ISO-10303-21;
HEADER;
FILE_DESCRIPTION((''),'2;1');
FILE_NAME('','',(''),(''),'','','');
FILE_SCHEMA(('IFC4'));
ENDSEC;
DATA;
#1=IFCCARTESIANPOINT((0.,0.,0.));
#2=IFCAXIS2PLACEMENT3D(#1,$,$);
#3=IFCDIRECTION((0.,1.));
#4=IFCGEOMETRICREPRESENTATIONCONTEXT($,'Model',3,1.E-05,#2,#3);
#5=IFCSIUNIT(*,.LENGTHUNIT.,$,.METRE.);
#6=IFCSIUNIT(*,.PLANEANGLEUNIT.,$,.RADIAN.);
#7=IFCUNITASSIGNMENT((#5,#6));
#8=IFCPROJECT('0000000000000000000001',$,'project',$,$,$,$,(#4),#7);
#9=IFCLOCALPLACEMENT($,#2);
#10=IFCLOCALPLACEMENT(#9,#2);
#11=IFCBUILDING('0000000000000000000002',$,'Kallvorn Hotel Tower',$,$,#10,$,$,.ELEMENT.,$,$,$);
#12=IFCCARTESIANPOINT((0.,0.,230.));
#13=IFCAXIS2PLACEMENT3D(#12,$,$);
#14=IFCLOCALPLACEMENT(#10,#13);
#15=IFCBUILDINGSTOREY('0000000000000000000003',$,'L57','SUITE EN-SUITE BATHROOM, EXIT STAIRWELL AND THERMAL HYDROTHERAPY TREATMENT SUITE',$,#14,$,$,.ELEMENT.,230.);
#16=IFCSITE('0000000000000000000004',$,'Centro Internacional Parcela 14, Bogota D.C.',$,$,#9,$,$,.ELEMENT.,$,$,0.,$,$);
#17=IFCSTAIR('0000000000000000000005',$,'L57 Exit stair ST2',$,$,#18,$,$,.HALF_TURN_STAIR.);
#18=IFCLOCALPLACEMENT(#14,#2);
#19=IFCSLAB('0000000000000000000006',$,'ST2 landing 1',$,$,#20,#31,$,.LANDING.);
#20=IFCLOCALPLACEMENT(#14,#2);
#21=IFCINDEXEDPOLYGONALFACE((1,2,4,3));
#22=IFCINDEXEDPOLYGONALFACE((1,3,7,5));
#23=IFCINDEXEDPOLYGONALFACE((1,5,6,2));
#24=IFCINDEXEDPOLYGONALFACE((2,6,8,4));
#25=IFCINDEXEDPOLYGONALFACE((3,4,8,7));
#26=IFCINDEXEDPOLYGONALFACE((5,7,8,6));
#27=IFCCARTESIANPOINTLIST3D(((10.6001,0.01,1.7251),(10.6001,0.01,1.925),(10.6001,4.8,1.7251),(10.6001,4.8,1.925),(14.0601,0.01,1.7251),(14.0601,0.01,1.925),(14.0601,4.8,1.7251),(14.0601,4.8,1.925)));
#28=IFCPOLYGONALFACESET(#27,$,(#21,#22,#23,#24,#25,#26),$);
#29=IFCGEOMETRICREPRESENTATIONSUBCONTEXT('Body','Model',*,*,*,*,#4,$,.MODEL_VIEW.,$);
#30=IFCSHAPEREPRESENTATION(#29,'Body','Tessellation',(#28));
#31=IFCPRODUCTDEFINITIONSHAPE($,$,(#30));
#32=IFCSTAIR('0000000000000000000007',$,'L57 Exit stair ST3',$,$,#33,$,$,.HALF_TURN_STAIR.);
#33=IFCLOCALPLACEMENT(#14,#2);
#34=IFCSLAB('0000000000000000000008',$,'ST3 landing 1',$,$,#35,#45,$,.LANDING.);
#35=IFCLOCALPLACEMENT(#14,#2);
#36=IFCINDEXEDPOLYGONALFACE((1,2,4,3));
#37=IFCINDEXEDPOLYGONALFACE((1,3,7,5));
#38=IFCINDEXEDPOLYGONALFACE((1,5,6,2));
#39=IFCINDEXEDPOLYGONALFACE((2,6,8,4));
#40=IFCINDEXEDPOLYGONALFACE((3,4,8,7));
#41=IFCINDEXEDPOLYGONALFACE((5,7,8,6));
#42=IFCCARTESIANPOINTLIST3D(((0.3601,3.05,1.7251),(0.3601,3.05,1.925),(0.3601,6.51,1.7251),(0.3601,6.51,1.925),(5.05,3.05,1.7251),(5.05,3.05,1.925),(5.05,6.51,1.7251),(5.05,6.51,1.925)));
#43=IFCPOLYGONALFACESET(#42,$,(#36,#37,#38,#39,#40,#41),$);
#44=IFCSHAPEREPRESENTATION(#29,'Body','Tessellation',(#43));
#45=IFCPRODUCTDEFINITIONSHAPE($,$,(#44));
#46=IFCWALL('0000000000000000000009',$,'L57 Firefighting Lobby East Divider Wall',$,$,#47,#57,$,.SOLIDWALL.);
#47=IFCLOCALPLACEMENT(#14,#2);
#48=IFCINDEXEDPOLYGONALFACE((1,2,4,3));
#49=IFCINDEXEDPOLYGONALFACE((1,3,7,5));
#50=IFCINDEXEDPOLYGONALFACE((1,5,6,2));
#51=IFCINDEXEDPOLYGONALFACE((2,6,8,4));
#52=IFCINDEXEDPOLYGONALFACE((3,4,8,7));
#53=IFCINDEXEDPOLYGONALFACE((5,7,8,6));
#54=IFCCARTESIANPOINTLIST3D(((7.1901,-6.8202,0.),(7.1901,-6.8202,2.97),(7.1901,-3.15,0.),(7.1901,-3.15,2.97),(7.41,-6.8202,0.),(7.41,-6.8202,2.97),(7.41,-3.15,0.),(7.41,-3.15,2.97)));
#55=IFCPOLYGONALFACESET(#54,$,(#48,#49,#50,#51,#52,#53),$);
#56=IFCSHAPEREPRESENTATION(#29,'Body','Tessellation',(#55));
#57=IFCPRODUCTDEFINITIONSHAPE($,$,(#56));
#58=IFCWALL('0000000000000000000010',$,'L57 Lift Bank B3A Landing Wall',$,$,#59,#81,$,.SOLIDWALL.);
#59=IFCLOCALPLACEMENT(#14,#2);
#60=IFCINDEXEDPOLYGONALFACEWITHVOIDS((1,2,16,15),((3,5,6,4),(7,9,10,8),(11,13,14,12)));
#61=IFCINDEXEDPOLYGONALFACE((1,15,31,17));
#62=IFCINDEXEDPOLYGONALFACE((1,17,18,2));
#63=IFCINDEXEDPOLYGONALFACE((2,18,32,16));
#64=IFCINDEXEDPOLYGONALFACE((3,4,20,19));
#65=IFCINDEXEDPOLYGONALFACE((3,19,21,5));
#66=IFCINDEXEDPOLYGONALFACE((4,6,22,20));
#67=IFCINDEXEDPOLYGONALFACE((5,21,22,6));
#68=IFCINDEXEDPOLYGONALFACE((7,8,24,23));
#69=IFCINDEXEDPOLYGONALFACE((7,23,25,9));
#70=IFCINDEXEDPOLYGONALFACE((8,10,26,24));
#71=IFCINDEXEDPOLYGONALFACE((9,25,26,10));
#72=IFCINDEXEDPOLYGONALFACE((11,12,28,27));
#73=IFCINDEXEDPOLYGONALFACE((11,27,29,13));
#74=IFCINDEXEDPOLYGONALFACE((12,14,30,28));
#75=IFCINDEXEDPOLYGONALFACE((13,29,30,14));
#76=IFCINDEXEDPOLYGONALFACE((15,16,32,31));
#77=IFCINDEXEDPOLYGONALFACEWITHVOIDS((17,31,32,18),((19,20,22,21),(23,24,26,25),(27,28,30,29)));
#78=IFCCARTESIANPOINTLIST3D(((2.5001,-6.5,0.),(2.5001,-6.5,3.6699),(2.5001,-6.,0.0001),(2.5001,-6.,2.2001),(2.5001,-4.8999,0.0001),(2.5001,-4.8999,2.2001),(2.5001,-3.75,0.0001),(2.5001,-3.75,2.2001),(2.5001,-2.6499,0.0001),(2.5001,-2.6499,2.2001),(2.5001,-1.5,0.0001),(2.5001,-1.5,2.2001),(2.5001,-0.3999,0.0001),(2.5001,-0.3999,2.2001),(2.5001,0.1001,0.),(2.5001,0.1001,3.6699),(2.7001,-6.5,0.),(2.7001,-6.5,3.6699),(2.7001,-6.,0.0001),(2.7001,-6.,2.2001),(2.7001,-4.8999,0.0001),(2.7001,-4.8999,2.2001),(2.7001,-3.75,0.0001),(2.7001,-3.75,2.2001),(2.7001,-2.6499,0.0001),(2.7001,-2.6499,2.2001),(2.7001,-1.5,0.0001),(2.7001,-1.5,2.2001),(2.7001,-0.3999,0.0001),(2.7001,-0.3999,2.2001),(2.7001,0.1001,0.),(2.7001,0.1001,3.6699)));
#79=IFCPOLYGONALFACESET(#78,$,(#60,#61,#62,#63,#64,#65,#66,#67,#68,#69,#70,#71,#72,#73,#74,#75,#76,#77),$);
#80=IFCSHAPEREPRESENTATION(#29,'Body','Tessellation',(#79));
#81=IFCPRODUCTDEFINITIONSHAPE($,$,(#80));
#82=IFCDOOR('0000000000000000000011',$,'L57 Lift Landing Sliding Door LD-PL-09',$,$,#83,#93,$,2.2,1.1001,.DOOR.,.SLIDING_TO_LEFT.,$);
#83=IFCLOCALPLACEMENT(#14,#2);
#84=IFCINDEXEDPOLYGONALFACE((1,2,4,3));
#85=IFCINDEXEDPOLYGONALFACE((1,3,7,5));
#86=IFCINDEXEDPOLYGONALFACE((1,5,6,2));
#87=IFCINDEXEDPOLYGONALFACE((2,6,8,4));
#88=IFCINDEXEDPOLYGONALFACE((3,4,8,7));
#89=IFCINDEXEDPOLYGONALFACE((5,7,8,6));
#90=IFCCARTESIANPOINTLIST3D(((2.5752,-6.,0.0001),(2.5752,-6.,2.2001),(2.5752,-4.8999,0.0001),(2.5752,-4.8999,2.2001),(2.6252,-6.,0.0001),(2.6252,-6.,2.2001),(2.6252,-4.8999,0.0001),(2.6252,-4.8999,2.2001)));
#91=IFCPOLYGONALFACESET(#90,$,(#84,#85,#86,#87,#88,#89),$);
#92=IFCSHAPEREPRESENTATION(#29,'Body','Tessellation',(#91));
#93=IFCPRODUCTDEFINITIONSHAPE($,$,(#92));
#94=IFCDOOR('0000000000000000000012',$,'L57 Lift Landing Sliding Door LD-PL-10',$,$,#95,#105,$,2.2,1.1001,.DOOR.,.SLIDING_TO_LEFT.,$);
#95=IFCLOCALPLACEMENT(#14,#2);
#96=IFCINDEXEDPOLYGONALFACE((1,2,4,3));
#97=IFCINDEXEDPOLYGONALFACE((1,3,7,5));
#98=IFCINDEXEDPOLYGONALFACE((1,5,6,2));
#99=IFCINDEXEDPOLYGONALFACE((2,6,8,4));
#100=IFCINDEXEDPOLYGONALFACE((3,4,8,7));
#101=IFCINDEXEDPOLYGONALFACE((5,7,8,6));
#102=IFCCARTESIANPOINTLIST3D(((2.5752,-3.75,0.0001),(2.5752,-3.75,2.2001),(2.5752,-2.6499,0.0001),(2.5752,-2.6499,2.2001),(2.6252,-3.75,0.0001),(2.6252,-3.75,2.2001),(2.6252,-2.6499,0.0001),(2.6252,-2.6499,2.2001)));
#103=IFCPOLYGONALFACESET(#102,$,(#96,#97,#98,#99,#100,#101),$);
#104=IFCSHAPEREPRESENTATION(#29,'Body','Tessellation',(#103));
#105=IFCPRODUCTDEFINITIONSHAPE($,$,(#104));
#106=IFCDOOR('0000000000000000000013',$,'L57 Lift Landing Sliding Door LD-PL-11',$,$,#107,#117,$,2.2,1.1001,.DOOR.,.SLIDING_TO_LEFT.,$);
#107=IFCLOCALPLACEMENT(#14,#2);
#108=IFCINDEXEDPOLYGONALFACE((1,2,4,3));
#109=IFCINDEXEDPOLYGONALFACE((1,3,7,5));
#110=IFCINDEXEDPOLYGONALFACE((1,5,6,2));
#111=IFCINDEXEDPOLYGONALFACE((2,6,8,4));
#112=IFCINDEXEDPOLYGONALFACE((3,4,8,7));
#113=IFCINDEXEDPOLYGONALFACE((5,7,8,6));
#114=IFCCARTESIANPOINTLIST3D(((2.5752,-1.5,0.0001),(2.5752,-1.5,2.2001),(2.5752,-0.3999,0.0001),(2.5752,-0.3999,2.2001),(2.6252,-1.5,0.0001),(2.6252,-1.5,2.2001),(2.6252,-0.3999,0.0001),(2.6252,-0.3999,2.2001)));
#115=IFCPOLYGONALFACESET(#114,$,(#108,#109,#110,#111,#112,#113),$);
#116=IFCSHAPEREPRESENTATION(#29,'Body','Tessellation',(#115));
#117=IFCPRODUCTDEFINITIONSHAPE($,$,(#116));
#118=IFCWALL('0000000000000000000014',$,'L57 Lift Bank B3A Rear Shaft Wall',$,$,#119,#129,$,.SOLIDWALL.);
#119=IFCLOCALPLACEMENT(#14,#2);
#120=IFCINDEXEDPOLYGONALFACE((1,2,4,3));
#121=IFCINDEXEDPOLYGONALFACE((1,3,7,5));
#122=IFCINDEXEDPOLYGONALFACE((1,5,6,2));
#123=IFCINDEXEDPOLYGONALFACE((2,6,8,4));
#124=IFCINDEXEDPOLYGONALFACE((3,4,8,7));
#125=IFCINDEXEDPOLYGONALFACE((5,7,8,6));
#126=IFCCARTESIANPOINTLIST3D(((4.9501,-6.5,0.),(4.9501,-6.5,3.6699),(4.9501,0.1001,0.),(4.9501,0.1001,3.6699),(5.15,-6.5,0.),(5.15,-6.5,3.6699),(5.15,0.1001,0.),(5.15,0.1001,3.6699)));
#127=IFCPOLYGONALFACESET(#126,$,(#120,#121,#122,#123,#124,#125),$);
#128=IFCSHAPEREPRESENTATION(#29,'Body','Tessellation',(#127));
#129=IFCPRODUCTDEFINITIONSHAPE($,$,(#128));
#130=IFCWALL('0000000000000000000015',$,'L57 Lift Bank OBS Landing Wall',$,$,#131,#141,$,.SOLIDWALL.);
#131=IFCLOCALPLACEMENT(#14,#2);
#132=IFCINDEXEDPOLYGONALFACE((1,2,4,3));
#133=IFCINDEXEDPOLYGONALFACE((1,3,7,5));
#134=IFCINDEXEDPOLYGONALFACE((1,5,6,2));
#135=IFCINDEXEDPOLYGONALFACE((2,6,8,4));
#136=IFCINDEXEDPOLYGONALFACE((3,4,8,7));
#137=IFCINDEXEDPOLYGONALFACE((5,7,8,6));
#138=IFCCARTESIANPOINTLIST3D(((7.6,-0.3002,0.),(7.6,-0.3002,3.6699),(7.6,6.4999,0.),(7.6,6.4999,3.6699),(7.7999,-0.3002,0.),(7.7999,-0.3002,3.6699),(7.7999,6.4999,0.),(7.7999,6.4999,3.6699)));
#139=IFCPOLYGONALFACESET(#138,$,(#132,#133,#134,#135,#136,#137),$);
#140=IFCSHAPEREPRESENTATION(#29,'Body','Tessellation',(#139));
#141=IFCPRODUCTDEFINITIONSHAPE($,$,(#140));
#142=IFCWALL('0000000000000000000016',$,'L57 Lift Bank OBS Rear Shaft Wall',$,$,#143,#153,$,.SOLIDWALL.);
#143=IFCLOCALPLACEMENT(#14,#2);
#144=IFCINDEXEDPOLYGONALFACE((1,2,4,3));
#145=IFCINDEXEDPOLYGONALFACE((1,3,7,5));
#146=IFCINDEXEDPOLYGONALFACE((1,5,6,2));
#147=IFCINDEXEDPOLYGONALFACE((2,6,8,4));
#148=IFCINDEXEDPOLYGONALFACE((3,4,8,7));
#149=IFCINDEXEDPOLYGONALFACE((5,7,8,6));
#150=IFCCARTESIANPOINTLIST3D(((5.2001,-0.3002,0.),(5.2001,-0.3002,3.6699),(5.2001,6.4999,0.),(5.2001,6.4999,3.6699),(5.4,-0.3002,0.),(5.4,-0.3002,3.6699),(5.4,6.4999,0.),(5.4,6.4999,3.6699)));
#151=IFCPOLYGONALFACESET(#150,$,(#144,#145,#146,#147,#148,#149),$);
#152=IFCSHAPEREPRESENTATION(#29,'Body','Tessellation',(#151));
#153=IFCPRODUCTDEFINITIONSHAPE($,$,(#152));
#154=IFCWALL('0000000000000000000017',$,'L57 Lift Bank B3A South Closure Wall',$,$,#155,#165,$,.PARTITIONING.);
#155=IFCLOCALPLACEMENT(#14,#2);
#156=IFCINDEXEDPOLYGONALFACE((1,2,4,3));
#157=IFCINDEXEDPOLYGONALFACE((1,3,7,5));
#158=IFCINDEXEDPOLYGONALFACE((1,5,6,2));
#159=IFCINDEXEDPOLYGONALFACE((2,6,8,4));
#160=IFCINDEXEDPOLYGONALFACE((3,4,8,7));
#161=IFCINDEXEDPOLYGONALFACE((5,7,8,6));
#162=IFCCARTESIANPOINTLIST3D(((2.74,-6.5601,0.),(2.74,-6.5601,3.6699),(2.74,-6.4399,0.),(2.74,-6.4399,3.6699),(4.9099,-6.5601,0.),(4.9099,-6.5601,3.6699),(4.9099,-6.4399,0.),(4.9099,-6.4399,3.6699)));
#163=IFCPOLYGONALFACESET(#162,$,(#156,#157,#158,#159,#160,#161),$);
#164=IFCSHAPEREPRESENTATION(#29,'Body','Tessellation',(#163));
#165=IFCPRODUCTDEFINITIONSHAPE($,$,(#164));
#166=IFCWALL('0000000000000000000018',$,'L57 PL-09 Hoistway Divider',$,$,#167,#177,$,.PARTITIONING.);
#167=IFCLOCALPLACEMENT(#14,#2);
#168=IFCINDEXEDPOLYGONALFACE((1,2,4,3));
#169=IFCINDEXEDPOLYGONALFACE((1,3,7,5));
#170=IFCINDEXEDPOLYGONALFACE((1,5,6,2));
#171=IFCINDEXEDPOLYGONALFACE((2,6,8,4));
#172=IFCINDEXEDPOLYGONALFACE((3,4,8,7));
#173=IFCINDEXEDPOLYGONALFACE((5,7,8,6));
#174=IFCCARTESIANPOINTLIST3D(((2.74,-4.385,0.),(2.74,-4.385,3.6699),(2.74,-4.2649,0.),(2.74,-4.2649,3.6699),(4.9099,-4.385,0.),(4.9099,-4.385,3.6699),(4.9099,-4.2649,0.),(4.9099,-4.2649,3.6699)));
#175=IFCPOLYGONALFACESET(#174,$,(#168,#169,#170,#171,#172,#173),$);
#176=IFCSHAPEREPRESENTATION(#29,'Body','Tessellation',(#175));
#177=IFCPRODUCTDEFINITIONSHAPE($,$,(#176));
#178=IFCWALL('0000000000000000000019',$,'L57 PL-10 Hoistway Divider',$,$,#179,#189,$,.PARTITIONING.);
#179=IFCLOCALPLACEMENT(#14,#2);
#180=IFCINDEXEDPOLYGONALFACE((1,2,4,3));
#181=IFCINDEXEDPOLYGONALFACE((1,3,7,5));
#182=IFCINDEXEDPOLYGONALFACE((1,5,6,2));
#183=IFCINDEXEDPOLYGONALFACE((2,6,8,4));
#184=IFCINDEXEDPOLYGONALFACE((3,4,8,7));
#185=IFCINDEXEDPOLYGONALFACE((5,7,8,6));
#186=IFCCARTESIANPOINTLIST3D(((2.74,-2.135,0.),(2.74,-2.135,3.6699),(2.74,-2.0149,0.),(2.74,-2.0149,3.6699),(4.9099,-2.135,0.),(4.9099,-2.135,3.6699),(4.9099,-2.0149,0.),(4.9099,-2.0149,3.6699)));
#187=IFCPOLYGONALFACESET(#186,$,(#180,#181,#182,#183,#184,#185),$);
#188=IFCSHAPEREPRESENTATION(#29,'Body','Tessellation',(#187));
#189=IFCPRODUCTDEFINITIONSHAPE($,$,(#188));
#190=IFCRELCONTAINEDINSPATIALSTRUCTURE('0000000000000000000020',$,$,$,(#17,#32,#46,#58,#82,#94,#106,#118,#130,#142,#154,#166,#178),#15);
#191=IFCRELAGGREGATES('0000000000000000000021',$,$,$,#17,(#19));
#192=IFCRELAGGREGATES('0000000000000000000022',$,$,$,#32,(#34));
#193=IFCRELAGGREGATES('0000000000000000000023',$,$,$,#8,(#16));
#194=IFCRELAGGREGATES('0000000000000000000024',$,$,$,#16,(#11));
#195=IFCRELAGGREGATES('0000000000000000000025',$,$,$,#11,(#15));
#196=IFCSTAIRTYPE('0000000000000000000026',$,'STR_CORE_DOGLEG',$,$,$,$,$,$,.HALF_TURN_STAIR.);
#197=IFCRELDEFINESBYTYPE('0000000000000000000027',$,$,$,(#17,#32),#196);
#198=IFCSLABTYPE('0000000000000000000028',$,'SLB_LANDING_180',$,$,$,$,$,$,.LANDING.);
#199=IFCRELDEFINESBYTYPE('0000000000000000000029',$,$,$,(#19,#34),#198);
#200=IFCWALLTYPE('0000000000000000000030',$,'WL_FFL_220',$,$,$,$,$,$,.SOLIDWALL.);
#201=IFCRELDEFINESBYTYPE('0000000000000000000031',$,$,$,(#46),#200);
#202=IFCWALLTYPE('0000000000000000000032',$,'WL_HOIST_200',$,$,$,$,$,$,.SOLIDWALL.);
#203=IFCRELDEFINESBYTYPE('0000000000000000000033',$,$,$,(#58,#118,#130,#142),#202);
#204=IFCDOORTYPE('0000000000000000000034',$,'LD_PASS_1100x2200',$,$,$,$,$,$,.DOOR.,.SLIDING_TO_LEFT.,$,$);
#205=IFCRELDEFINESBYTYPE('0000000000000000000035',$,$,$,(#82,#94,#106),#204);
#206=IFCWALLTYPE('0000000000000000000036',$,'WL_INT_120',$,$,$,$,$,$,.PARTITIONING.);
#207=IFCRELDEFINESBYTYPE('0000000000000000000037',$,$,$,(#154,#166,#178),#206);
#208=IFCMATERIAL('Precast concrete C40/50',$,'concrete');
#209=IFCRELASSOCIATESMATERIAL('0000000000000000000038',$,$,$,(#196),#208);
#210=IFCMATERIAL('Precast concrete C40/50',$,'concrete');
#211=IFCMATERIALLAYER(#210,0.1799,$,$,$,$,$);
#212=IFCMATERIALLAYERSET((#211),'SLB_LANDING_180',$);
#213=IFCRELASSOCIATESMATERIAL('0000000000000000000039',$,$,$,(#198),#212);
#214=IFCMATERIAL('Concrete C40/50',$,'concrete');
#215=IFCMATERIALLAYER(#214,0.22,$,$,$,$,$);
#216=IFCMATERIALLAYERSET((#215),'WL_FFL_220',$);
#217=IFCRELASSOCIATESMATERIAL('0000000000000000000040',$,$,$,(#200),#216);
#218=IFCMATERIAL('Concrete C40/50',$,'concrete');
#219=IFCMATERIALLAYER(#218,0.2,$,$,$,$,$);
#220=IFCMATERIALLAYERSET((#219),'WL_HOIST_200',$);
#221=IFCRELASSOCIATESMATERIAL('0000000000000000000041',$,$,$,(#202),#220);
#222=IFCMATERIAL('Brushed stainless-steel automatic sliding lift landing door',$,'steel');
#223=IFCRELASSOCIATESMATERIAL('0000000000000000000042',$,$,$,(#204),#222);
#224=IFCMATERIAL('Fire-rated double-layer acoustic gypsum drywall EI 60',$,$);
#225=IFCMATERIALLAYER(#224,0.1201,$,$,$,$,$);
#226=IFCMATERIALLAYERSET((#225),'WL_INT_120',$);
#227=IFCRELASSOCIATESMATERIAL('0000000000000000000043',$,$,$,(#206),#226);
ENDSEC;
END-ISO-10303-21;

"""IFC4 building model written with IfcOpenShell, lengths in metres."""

from ifc_helpers import new_model, si_unit, direction, frame, frame_2d, origin, place, context, subcontext, project, spatial, polyline, rectangle, outline, extrude, material, layer, layer_set, type_object, element, fill, aggregate, save


model = new_model("IFC4")

# Units and contexts
model_context = context("Model", 3, precision=1e-05, world=origin(), true_north=direction((0.0, 1.0)))
body_context = subcontext(model_context, "Body", "Model", "MODEL_VIEW")
ifc_project = project(units=[si_unit("LENGTHUNIT", "METRE"), si_unit("PLANEANGLEUNIT", "RADIAN")], contexts=[model_context])

# Site, building, storey
site_placement = place(None, origin())
site = spatial("IfcSite", under=ifc_project, at=site_placement, Name="Centro Internacional Parcela 14, Bogota D.C.", CompositionType="ELEMENT", RefElevation=0.0)
building_placement = place(site_placement, origin())
building = spatial("IfcBuilding", under=site, at=building_placement, Name="Kallvorn Hotel Tower", CompositionType="ELEMENT")
storey_placement = place(building_placement, frame((0.0, 0.0, 230.0)))
storey = spatial("IfcBuildingStorey", under=building, at=storey_placement, Name="L57", Description="SUITE EN-SUITE BATHROOM, EXIT STAIRWELL AND THERMAL HYDROTHERAPY TREATMENT SUITE", CompositionType="ELEMENT", Elevation=230.0)

# Stairs, slabs
ifc_material_1 = material(Name="Precast concrete C40/50", Category="concrete")
stair_type = type_object("IfcStairType", Name="STR_CORE_DOGLEG", PredefinedType="HALF_TURN_STAIR", material=ifc_material_1)
stair_1_placement = place(storey_placement, origin())
stair_1 = element("IfcStair", 1, at=stair_1_placement, inside=storey, type_object=stair_type, Name="L57 Exit stair ST2", PredefinedType="HALF_TURN_STAIR")
ifc_material_2 = material(Name="Precast concrete C40/50", Category="concrete")
ifc_layer_1 = layer(ifc_material_2, 0.1799)
ifc_layer_set_1 = layer_set([ifc_layer_1], Name="SLB_LANDING_180")
slab_type = type_object("IfcSlabType", Name="SLB_LANDING_180", PredefinedType="LANDING", material=ifc_layer_set_1)
slab_1_placement = place(storey_placement, frame((0.0, 0.0, 1.7251)))
slab_1 = element("IfcSlab", 2, at=slab_1_placement, type_object=slab_type, Name="ST2 landing 1", PredefinedType="LANDING", context=body_context, shape_type="SweptSolid", body=[
    extrude(outline(polyline([(14.0601, 0.01), (14.0601, 4.8), (10.6001, 4.8), (10.6001, 0.01), (14.0601, 0.01)])), origin(), (0.0, 0.0, 1.0), 0.2),
])
aggregate(stair_1, [slab_1])
stair_2_placement = place(storey_placement, origin())
stair_2 = element("IfcStair", 3, at=stair_2_placement, inside=storey, type_object=stair_type, Name="L57 Exit stair ST3", PredefinedType="HALF_TURN_STAIR")
slab_2_placement = place(storey_placement, frame((0.0, 0.0, 1.7251)))
slab_2 = element("IfcSlab", 4, at=slab_2_placement, type_object=slab_type, Name="ST3 landing 1", PredefinedType="LANDING", context=body_context, shape_type="SweptSolid", body=[
    extrude(outline(polyline([(0.3601, 3.05), (5.05, 3.05), (5.05, 6.51), (0.3601, 6.51), (0.3601, 3.05)])), origin(), (0.0, 0.0, 1.0), 0.2),
])
aggregate(stair_2, [slab_2])

# Wall
ifc_material_3 = material(Name="Concrete C40/50", Category="concrete")
ifc_layer_2 = layer(ifc_material_3, 0.22)
ifc_layer_set_2 = layer_set([ifc_layer_2], Name="WL_FFL_220")
wall_type_1 = type_object("IfcWallType", Name="WL_FFL_220", PredefinedType="SOLIDWALL", material=ifc_layer_set_2)
wall_1_placement = place(storey_placement, frame((7.3, -6.8201, 0.0), z_axis=(0.0, 0.0, 1.0), x_axis=(0.0, 1.0, 0.0)))
element("IfcWall", 5, at=wall_1_placement, inside=storey, type_object=wall_type_1, Name="L57 Firefighting Lobby East Divider Wall", PredefinedType="SOLIDWALL", context=body_context, shape_type="SweptSolid", body=[
    extrude(rectangle(XDim=3.6702, YDim=0.22, at=frame_2d((1.835, 0.0))), origin(), (0.0, 0.0, 1.0), 2.97),
])

# Wall, openings, doors
ifc_material_4 = material(Name="Concrete C40/50", Category="concrete")
ifc_layer_3 = layer(ifc_material_4, 0.2)
ifc_layer_set_3 = layer_set([ifc_layer_3], Name="WL_HOIST_200")
wall_type_2 = type_object("IfcWallType", Name="WL_HOIST_200", PredefinedType="SOLIDWALL", material=ifc_layer_set_3)
wall_2_placement = place(storey_placement, frame((2.6001, -6.5, 0.0), z_axis=(0.0, 0.0, 1.0), x_axis=(0.0, 1.0, 0.0)))
wall_2 = element("IfcWall", 6, at=wall_2_placement, inside=storey, type_object=wall_type_2, Name="L57 Lift Bank B3A Landing Wall", PredefinedType="SOLIDWALL", context=body_context, shape_type="SweptSolid", body=[
    extrude(rectangle(XDim=6.6001, YDim=0.2, at=frame_2d((3.3, 0.0))), origin(), (0.0, 0.0, 1.0), 3.6699),
])
opening_1_placement = place(wall_2_placement, frame((0.5, 0.0, 0.0)))
opening_1 = element("IfcOpeningElement", 7, at=opening_1_placement, cuts=wall_2, PredefinedType="OPENING", context=body_context, shape_type="SweptSolid", body=[
    extrude(rectangle(XDim=1.1001, YDim=2.2, at=frame_2d((0.55, 1.1001))), frame((0.0, 0.115, 0.0), z_axis=(0.0, -1.0, 0.0), x_axis=(1.0, 0.0, 0.0)), (0.0, 0.0, 1.0), 0.23),
])
opening_2_placement = place(wall_2_placement, frame((2.75, 0.0, 0.0)))
opening_2 = element("IfcOpeningElement", 8, at=opening_2_placement, cuts=wall_2, PredefinedType="OPENING", context=body_context, shape_type="SweptSolid", body=[
    extrude(rectangle(XDim=1.1001, YDim=2.2, at=frame_2d((0.55, 1.1001))), frame((0.0, 0.115, 0.0), z_axis=(0.0, -1.0, 0.0), x_axis=(1.0, 0.0, 0.0)), (0.0, 0.0, 1.0), 0.23),
])
opening_3_placement = place(wall_2_placement, frame((5.0, 0.0, 0.0)))
opening_3 = element("IfcOpeningElement", 9, at=opening_3_placement, cuts=wall_2, PredefinedType="OPENING", context=body_context, shape_type="SweptSolid", body=[
    extrude(rectangle(XDim=1.1001, YDim=2.2, at=frame_2d((0.55, 1.1001))), frame((0.0, 0.115, 0.0), z_axis=(0.0, -1.0, 0.0), x_axis=(1.0, 0.0, 0.0)), (0.0, 0.0, 1.0), 0.23),
])
ifc_material_5 = material(Name="Brushed stainless-steel automatic sliding lift landing door", Category="steel")
door_type_1 = type_object("IfcDoorType", Name="LD_PASS_1100x2200", OperationType="SLIDING_TO_LEFT", PredefinedType="DOOR", material=ifc_material_5)
door_1_placement = place(opening_1_placement, origin())
door_1 = element("IfcDoor", 10, at=door_1_placement, inside=storey, type_object=door_type_1, Name="L57 Lift Landing Sliding Door LD-PL-09", OperationType="SLIDING_TO_LEFT", OverallHeight=2.2, OverallWidth=1.1001, PredefinedType="DOOR", context=body_context, shape_type="SweptSolid", body=[
    extrude(rectangle(XDim=1.1001, YDim=2.2, at=frame_2d((0.55, 1.1001))), frame((0.0, 0.0249, 0.0), z_axis=(0.0, -1.0, 0.0), x_axis=(1.0, 0.0, 0.0)), (0.0, 0.0, 1.0), 0.05),
])
fill(opening_1, door_1)
door_2_placement = place(opening_2_placement, origin())
door_2 = element("IfcDoor", 11, at=door_2_placement, inside=storey, type_object=door_type_1, Name="L57 Lift Landing Sliding Door LD-PL-10", OperationType="SLIDING_TO_LEFT", OverallHeight=2.2, OverallWidth=1.1001, PredefinedType="DOOR", context=body_context, shape_type="SweptSolid", body=[
    extrude(rectangle(XDim=1.1001, YDim=2.2, at=frame_2d((0.55, 1.1001))), frame((0.0, 0.0249, 0.0), z_axis=(0.0, -1.0, 0.0), x_axis=(1.0, 0.0, 0.0)), (0.0, 0.0, 1.0), 0.05),
])
fill(opening_2, door_2)
door_3_placement = place(opening_3_placement, origin())
door_3 = element("IfcDoor", 12, at=door_3_placement, inside=storey, type_object=door_type_1, Name="L57 Lift Landing Sliding Door LD-PL-11", OperationType="SLIDING_TO_LEFT", OverallHeight=2.2, OverallWidth=1.1001, PredefinedType="DOOR", context=body_context, shape_type="SweptSolid", body=[
    extrude(rectangle(XDim=1.1001, YDim=2.2, at=frame_2d((0.55, 1.1001))), frame((0.0, 0.0249, 0.0), z_axis=(0.0, -1.0, 0.0), x_axis=(1.0, 0.0, 0.0)), (0.0, 0.0, 1.0), 0.05),
])
fill(opening_3, door_3)

# Walls
wall_3_placement = place(storey_placement, frame((5.05, -6.5, 0.0), z_axis=(0.0, 0.0, 1.0), x_axis=(0.0, 1.0, 0.0)))
element("IfcWall", 13, at=wall_3_placement, inside=storey, type_object=wall_type_2, Name="L57 Lift Bank B3A Rear Shaft Wall", PredefinedType="SOLIDWALL", context=body_context, shape_type="SweptSolid", body=[
    extrude(rectangle(XDim=6.6001, YDim=0.2, at=frame_2d((3.3, 0.0))), origin(), (0.0, 0.0, 1.0), 3.6699),
])
for number, where, z_axis, x_axis, name in (
    (14, (7.7, -0.3, 0.0), (0.0, 0.0, 1.0), (0.0, 1.0, 0.0), "L57 Lift Bank OBS Landing Wall"),
    (15, (5.3, -0.3, 0.0), (0.0, 0.0, 1.0), (0.0, 1.0, 0.0), "L57 Lift Bank OBS Rear Shaft Wall"),
):
    element("IfcWall", number, at=place(storey_placement, frame(where, z_axis=z_axis, x_axis=x_axis)), inside=storey, type_object=wall_type_2, Name=name, PredefinedType="SOLIDWALL", context=body_context, shape_type="SweptSolid", body=[
        extrude(rectangle(XDim=6.8, YDim=0.2, at=frame_2d((3.3999, 0.0))), origin(), (0.0, 0.0, 1.0), 3.6699),
    ])
ifc_material_6 = material(Name="Fire-rated double-layer acoustic gypsum drywall EI 60")
ifc_layer_4 = layer(ifc_material_6, 0.1201)
ifc_layer_set_4 = layer_set([ifc_layer_4], Name="WL_INT_120")
wall_type_3 = type_object("IfcWallType", Name="WL_INT_120", PredefinedType="PARTITIONING", material=ifc_layer_set_4)
for number, where, z_axis, x_axis, name in (
    (16, (2.74, -6.5, 0.0), (0.0, 0.0, 1.0), (1.0, 0.0, 0.0), "L57 Lift Bank B3A South Closure Wall"),
    (17, (2.74, -4.325, 0.0), (0.0, 0.0, 1.0), (1.0, 0.0, 0.0), "L57 PL-09 Hoistway Divider"),
    (18, (2.74, -2.075, 0.0), (0.0, 0.0, 1.0), (1.0, 0.0, 0.0), "L57 PL-10 Hoistway Divider"),
):
    element("IfcWall", number, at=place(storey_placement, frame(where, z_axis=z_axis, x_axis=x_axis)), inside=storey, type_object=wall_type_3, Name=name, PredefinedType="PARTITIONING", context=body_context, shape_type="SweptSolid", body=[
        extrude(rectangle(XDim=2.1699, YDim=0.1201, at=frame_2d((1.085, 0.0))), origin(), (0.0, 0.0, 1.0), 3.6699),
    ])

save(model, "model.ifc")
